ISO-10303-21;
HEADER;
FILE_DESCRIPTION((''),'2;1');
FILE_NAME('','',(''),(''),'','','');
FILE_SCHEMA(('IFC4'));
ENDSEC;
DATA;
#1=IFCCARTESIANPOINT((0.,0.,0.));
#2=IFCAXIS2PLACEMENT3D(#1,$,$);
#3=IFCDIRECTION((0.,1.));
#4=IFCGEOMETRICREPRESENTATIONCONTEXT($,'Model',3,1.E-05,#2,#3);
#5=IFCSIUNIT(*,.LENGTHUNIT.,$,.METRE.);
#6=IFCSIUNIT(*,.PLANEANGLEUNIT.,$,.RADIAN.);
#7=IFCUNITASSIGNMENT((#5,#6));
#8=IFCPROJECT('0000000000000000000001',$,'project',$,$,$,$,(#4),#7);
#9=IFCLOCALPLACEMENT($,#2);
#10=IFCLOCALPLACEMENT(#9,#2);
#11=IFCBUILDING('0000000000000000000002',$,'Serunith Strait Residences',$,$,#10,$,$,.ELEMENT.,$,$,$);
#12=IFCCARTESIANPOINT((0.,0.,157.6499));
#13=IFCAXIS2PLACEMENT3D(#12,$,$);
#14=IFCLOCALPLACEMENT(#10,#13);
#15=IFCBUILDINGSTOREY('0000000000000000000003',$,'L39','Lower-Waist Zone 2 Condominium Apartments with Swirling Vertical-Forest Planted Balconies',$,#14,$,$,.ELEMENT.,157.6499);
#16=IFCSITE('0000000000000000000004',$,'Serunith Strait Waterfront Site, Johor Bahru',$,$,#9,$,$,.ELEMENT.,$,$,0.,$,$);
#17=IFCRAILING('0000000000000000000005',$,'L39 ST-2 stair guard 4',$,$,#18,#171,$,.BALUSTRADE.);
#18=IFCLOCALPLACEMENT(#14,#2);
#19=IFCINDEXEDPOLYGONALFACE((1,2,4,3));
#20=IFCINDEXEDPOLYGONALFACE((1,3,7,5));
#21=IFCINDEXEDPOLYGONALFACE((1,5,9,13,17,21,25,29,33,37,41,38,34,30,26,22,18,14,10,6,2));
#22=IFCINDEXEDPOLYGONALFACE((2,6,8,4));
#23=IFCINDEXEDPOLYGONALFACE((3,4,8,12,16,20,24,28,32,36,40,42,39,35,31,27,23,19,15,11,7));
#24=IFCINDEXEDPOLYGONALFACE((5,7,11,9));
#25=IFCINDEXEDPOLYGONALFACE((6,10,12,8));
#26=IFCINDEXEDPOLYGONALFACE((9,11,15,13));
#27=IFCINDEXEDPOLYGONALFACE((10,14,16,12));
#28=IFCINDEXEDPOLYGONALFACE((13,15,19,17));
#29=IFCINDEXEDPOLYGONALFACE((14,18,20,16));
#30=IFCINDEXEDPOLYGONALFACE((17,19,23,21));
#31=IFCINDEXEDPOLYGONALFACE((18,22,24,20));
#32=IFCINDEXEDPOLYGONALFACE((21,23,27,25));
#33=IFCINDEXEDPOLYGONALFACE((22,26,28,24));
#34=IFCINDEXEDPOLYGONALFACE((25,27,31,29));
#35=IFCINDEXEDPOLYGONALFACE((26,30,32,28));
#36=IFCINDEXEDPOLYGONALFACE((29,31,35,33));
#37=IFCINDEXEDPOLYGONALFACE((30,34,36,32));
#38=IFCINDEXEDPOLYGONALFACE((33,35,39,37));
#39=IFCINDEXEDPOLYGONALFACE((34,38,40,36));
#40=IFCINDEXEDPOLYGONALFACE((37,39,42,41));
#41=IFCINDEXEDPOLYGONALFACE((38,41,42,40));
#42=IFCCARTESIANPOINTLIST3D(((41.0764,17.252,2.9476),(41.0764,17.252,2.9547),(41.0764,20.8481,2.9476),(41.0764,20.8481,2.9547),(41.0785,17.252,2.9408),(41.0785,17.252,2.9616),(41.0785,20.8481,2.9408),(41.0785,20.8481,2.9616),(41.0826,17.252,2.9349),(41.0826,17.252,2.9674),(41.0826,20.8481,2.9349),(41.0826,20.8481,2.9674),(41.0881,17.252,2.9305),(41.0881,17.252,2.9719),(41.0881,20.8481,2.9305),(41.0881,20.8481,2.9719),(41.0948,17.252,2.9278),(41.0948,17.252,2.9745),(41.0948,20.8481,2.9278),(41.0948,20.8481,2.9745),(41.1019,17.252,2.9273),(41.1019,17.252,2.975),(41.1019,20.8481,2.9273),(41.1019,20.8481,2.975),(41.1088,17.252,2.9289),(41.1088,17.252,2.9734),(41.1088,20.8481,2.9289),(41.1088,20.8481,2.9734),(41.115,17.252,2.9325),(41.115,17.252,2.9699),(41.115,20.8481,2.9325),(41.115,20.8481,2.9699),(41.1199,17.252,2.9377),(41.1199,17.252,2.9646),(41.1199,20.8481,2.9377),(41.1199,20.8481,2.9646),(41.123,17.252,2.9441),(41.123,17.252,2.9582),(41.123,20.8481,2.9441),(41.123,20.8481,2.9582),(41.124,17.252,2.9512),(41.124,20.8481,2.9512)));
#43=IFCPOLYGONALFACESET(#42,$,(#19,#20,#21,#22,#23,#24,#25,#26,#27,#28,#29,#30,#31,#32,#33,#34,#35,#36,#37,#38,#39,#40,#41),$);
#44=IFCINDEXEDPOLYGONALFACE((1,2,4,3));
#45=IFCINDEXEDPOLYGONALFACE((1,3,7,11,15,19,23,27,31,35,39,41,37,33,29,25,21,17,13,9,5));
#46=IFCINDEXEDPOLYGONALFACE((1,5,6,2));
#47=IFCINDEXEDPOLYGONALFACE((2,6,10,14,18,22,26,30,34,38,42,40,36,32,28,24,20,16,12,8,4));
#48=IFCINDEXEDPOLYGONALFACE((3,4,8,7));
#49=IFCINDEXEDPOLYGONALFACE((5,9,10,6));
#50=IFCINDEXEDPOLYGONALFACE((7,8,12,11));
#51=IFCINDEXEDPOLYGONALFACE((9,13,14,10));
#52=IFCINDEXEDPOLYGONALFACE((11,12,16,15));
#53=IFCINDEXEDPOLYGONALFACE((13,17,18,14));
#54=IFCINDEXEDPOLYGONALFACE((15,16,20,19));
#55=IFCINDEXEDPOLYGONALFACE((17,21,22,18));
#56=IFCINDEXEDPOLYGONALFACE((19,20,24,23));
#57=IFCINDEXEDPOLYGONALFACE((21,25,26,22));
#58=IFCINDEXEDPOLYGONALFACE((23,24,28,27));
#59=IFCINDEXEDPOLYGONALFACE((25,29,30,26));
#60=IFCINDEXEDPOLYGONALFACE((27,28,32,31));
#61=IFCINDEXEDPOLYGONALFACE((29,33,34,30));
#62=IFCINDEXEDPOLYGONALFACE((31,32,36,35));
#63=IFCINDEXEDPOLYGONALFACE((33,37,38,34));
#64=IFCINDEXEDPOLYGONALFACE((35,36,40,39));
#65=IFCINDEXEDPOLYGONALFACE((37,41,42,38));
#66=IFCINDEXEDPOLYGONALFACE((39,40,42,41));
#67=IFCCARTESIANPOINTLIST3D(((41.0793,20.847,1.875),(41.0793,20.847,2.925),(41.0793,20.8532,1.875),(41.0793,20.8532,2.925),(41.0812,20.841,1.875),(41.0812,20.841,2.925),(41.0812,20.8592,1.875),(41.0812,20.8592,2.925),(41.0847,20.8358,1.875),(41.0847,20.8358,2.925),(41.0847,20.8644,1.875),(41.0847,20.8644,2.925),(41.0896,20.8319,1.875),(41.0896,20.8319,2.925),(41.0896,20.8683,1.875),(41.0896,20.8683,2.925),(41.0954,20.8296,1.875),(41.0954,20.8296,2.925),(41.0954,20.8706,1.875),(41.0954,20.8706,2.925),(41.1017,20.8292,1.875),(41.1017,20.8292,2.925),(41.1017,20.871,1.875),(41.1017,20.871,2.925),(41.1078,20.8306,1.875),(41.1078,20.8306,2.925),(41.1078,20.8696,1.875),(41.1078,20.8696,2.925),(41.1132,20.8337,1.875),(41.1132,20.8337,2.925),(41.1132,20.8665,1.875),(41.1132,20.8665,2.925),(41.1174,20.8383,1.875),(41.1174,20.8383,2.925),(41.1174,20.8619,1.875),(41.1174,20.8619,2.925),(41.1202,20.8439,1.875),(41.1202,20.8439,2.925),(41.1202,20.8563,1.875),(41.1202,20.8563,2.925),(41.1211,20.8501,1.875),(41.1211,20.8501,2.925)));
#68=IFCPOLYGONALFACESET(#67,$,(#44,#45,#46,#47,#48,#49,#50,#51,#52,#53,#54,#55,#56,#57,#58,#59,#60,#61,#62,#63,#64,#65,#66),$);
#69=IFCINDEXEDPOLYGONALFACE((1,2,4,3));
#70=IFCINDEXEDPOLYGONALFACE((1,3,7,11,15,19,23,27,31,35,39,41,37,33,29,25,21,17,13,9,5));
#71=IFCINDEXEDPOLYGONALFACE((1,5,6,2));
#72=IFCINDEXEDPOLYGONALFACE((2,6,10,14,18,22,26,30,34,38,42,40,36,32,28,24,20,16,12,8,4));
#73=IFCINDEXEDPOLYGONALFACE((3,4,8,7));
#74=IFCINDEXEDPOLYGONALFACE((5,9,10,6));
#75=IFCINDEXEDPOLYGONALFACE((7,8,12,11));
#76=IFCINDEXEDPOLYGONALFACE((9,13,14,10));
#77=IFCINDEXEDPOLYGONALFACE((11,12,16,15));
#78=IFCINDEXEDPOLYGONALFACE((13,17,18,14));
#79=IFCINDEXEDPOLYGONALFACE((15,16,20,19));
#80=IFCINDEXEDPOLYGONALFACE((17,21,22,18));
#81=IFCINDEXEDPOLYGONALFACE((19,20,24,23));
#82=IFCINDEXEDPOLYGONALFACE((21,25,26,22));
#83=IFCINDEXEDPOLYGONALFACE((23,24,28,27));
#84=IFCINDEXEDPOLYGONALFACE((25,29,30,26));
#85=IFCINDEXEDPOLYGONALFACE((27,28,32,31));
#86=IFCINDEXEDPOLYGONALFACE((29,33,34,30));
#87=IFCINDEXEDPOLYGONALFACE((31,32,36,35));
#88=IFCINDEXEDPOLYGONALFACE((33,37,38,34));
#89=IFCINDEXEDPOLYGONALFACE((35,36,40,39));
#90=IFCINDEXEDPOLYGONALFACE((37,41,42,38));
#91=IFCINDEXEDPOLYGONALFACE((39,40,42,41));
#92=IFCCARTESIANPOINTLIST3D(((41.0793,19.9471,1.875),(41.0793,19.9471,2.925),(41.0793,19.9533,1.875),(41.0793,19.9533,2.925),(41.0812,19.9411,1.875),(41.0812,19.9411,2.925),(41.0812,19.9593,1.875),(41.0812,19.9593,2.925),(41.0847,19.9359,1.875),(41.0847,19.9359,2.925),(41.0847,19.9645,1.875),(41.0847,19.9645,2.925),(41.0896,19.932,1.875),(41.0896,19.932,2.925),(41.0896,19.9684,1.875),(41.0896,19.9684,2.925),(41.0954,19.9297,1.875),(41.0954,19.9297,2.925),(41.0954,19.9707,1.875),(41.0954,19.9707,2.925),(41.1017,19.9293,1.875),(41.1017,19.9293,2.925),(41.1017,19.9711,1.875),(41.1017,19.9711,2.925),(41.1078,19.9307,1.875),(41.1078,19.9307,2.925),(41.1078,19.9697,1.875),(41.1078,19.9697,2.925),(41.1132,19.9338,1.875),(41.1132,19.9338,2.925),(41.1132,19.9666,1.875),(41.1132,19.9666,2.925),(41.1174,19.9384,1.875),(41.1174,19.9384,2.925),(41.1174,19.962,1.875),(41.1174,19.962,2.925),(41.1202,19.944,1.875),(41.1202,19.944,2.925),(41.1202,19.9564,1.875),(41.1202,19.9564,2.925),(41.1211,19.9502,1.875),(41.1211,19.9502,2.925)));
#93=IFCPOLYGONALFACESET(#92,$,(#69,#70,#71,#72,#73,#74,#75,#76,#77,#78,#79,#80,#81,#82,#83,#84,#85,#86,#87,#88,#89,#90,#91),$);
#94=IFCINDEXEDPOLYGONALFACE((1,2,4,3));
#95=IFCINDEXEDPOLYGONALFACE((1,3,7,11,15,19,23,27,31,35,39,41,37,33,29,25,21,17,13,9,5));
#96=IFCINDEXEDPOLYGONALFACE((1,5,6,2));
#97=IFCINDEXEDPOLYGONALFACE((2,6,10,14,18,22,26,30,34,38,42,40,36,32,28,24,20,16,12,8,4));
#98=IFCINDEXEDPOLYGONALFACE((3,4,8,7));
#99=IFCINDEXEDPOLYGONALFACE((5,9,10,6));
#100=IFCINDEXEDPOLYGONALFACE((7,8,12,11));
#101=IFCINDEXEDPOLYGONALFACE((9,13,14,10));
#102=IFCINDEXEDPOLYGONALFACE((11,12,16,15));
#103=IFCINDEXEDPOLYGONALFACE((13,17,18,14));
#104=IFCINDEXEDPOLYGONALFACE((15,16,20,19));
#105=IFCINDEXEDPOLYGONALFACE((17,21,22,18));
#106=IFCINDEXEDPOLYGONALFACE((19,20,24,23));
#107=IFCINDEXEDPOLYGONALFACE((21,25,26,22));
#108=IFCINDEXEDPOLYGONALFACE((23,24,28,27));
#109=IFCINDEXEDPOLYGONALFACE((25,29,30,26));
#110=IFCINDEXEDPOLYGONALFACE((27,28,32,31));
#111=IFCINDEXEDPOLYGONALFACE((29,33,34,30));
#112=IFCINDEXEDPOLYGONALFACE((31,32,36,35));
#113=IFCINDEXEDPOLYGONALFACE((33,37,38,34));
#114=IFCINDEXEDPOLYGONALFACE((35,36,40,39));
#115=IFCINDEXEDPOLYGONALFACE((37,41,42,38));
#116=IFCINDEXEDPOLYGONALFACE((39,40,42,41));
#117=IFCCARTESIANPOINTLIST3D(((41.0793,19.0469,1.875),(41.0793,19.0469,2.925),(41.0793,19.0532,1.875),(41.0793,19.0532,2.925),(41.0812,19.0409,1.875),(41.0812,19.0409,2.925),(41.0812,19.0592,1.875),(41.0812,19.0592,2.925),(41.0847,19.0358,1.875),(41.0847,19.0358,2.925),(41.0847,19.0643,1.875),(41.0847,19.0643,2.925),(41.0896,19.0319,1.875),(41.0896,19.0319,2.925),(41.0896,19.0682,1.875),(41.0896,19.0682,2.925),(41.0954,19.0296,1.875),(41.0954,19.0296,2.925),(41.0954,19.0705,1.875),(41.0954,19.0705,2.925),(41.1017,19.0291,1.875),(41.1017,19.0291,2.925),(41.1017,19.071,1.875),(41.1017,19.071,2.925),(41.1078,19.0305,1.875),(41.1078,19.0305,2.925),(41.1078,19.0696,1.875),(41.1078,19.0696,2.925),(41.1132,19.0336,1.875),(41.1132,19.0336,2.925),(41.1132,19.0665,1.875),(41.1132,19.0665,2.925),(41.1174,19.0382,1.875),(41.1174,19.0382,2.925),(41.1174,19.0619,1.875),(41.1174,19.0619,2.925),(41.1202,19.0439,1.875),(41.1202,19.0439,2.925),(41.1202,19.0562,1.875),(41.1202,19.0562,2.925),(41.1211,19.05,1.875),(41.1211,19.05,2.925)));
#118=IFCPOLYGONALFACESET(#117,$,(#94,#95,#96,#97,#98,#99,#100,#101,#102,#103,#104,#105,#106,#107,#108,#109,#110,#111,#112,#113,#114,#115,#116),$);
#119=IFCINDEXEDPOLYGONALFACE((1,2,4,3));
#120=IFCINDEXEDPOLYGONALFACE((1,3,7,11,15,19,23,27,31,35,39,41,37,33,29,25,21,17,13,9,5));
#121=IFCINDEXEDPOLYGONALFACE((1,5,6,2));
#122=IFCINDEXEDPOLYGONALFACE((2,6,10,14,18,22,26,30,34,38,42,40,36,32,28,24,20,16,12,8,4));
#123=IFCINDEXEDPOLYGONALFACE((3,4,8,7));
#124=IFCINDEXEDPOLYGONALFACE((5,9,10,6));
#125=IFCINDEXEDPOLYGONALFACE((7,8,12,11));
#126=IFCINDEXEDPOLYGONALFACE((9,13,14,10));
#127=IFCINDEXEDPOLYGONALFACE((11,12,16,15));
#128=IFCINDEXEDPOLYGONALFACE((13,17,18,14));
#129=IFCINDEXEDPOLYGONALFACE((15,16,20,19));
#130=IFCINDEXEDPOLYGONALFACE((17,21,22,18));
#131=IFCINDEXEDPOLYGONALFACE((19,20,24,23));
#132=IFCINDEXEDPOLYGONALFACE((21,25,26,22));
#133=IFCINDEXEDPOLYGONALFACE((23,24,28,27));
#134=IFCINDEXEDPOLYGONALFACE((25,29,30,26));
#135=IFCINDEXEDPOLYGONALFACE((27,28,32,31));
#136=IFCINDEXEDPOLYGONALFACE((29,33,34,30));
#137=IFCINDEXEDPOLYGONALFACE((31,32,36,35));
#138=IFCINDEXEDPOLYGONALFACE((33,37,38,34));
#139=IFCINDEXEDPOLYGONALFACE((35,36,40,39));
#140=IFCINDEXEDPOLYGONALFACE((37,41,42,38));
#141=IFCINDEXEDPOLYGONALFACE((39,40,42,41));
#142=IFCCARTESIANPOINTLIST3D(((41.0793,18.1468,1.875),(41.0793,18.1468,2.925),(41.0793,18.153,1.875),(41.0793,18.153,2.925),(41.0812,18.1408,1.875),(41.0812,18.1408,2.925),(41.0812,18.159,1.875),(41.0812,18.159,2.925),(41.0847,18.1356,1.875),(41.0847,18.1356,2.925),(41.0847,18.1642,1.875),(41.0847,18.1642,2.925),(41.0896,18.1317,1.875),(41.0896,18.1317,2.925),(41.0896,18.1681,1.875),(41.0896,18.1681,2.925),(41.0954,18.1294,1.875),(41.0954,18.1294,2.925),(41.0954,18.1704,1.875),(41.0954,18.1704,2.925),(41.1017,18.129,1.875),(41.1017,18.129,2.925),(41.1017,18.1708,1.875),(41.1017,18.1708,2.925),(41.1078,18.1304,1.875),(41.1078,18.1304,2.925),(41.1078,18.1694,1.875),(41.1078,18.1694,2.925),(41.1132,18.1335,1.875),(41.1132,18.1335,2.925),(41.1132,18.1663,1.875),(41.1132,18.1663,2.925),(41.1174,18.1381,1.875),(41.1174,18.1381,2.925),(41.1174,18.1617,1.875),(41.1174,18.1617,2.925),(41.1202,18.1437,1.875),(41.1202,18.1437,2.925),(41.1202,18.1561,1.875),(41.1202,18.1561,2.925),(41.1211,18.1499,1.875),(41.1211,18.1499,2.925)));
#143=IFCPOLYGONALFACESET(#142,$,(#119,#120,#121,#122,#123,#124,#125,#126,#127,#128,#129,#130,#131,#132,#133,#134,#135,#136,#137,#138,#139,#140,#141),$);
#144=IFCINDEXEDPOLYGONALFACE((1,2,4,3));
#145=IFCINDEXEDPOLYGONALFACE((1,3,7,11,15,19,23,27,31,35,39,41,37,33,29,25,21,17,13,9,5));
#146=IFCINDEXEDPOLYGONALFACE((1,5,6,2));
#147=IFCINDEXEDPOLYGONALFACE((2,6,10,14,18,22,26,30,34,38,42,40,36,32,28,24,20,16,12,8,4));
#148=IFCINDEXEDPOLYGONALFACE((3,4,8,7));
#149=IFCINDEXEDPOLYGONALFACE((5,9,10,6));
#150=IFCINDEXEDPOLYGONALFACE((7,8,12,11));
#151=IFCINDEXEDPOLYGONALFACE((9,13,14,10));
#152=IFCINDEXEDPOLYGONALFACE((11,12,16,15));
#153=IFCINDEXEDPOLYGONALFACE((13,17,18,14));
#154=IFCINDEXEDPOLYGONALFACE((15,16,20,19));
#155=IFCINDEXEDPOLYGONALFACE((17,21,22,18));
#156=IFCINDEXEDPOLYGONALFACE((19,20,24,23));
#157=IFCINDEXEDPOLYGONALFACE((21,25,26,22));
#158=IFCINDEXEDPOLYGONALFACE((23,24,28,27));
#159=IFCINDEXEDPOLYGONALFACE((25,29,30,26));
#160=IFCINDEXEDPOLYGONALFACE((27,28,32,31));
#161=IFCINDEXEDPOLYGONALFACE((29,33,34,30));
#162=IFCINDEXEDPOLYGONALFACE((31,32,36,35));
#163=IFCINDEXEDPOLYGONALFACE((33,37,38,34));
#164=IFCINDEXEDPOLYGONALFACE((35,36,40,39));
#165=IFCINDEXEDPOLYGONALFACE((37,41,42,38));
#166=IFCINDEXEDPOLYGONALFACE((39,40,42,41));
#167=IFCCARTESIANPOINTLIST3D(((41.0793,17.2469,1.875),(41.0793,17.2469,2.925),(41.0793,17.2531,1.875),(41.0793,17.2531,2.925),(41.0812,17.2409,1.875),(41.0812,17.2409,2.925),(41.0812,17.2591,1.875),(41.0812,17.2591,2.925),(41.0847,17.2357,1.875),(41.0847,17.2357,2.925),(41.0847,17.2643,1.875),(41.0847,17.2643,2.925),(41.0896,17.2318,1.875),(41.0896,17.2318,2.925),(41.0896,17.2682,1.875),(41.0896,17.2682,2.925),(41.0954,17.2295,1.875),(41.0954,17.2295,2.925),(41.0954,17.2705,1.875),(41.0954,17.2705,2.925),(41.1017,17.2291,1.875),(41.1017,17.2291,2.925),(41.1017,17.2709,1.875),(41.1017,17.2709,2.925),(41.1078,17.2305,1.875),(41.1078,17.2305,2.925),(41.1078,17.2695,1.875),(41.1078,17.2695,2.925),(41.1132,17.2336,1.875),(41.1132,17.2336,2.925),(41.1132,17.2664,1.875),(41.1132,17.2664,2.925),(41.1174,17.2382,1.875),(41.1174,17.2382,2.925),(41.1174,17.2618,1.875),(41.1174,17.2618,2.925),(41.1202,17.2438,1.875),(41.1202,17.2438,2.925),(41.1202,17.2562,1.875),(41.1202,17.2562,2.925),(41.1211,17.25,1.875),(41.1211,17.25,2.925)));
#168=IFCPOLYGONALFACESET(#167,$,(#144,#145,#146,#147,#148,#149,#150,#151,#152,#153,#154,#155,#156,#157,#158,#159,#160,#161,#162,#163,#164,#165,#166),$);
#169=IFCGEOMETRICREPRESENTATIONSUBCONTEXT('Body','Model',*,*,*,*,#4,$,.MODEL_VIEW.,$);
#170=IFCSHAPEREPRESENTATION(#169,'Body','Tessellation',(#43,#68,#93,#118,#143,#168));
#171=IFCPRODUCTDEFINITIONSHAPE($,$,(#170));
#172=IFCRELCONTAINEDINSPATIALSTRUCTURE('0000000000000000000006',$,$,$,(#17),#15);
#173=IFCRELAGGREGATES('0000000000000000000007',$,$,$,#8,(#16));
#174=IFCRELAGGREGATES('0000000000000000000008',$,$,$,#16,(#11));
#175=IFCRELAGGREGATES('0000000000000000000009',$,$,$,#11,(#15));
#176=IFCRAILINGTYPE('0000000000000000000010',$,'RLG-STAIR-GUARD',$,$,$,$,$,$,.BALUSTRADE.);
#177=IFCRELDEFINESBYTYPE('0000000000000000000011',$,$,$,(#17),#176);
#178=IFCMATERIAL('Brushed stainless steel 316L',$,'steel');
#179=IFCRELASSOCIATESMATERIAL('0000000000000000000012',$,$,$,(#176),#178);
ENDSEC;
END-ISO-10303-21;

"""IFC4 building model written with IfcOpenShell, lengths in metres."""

from ifc_helpers import new_model, si_unit, direction, frame, origin, origin_2d, place, context, subcontext, project, spatial, circle, extrude, material, type_object, element, save


model = new_model("IFC4")

# Units and contexts
model_context = context("Model", 3, precision=1e-05, world=origin(), true_north=direction((0.0, 1.0)))
body_context = subcontext(model_context, "Body", "Model", "MODEL_VIEW")
ifc_project = project(units=[si_unit("LENGTHUNIT", "METRE"), si_unit("PLANEANGLEUNIT", "RADIAN")], contexts=[model_context])

# Site, building, storey
site_placement = place(None, origin())
site = spatial("IfcSite", under=ifc_project, at=site_placement, Name="Serunith Strait Waterfront Site, Johor Bahru", CompositionType="ELEMENT", RefElevation=0.0)
building_placement = place(site_placement, origin())
building = spatial("IfcBuilding", under=site, at=building_placement, Name="Serunith Strait Residences", CompositionType="ELEMENT")
storey_placement = place(building_placement, frame((0.0, 0.0, 157.6499)))
storey = spatial("IfcBuildingStorey", under=building, at=storey_placement, Name="L39", Description="Lower-Waist Zone 2 Condominium Apartments with Swirling Vertical-Forest Planted Balconies", CompositionType="ELEMENT", Elevation=157.6499)

# Railing
ifc_material_1 = material(Name="Brushed stainless steel 316L", Category="steel")
railing_type_1 = type_object("IfcRailingType", Name="RLG-STAIR-GUARD", PredefinedType="BALUSTRADE", material=ifc_material_1)
for number, where, name in (
    (1, (41.1001, 20.8501, 1.875), "L39 ST-2 stair guard 4"),
):
    element("IfcRailing", number, at=place(storey_placement, frame(where)), inside=storey, type_object=railing_type_1, Name=name, PredefinedType="BALUSTRADE", context=body_context, shape_type="SweptSolid", body=[
        extrude(circle(Radius=0.0239, at=origin_2d()), frame((0.0, -0.002, 1.0762), z_axis=(0.0, -1.0, 0.0), x_axis=(1.0, 0.0, 0.0)), (0.0, 0.0, 1.0), 3.5962),
        extrude(circle(Radius=0.021, at=origin_2d()), origin(), (0.0, 0.0, 1.0), 1.05),
        extrude(circle(Radius=0.021, at=origin_2d()), frame((0.0, -0.8999, 0.0)), (0.0, 0.0, 1.0), 1.05),
        extrude(circle(Radius=0.021, at=origin_2d()), frame((0.0, -1.8, 0.0)), (0.0, 0.0, 1.0), 1.05),
        extrude(circle(Radius=0.021, at=origin_2d()), frame((0.0, -2.7002, 0.0)), (0.0, 0.0, 1.0), 1.05),
        extrude(circle(Radius=0.021, at=origin_2d()), frame((0.0, -3.6001, 0.0)), (0.0, 0.0, 1.0), 1.05),
    ])

save(model, "model.ifc")
